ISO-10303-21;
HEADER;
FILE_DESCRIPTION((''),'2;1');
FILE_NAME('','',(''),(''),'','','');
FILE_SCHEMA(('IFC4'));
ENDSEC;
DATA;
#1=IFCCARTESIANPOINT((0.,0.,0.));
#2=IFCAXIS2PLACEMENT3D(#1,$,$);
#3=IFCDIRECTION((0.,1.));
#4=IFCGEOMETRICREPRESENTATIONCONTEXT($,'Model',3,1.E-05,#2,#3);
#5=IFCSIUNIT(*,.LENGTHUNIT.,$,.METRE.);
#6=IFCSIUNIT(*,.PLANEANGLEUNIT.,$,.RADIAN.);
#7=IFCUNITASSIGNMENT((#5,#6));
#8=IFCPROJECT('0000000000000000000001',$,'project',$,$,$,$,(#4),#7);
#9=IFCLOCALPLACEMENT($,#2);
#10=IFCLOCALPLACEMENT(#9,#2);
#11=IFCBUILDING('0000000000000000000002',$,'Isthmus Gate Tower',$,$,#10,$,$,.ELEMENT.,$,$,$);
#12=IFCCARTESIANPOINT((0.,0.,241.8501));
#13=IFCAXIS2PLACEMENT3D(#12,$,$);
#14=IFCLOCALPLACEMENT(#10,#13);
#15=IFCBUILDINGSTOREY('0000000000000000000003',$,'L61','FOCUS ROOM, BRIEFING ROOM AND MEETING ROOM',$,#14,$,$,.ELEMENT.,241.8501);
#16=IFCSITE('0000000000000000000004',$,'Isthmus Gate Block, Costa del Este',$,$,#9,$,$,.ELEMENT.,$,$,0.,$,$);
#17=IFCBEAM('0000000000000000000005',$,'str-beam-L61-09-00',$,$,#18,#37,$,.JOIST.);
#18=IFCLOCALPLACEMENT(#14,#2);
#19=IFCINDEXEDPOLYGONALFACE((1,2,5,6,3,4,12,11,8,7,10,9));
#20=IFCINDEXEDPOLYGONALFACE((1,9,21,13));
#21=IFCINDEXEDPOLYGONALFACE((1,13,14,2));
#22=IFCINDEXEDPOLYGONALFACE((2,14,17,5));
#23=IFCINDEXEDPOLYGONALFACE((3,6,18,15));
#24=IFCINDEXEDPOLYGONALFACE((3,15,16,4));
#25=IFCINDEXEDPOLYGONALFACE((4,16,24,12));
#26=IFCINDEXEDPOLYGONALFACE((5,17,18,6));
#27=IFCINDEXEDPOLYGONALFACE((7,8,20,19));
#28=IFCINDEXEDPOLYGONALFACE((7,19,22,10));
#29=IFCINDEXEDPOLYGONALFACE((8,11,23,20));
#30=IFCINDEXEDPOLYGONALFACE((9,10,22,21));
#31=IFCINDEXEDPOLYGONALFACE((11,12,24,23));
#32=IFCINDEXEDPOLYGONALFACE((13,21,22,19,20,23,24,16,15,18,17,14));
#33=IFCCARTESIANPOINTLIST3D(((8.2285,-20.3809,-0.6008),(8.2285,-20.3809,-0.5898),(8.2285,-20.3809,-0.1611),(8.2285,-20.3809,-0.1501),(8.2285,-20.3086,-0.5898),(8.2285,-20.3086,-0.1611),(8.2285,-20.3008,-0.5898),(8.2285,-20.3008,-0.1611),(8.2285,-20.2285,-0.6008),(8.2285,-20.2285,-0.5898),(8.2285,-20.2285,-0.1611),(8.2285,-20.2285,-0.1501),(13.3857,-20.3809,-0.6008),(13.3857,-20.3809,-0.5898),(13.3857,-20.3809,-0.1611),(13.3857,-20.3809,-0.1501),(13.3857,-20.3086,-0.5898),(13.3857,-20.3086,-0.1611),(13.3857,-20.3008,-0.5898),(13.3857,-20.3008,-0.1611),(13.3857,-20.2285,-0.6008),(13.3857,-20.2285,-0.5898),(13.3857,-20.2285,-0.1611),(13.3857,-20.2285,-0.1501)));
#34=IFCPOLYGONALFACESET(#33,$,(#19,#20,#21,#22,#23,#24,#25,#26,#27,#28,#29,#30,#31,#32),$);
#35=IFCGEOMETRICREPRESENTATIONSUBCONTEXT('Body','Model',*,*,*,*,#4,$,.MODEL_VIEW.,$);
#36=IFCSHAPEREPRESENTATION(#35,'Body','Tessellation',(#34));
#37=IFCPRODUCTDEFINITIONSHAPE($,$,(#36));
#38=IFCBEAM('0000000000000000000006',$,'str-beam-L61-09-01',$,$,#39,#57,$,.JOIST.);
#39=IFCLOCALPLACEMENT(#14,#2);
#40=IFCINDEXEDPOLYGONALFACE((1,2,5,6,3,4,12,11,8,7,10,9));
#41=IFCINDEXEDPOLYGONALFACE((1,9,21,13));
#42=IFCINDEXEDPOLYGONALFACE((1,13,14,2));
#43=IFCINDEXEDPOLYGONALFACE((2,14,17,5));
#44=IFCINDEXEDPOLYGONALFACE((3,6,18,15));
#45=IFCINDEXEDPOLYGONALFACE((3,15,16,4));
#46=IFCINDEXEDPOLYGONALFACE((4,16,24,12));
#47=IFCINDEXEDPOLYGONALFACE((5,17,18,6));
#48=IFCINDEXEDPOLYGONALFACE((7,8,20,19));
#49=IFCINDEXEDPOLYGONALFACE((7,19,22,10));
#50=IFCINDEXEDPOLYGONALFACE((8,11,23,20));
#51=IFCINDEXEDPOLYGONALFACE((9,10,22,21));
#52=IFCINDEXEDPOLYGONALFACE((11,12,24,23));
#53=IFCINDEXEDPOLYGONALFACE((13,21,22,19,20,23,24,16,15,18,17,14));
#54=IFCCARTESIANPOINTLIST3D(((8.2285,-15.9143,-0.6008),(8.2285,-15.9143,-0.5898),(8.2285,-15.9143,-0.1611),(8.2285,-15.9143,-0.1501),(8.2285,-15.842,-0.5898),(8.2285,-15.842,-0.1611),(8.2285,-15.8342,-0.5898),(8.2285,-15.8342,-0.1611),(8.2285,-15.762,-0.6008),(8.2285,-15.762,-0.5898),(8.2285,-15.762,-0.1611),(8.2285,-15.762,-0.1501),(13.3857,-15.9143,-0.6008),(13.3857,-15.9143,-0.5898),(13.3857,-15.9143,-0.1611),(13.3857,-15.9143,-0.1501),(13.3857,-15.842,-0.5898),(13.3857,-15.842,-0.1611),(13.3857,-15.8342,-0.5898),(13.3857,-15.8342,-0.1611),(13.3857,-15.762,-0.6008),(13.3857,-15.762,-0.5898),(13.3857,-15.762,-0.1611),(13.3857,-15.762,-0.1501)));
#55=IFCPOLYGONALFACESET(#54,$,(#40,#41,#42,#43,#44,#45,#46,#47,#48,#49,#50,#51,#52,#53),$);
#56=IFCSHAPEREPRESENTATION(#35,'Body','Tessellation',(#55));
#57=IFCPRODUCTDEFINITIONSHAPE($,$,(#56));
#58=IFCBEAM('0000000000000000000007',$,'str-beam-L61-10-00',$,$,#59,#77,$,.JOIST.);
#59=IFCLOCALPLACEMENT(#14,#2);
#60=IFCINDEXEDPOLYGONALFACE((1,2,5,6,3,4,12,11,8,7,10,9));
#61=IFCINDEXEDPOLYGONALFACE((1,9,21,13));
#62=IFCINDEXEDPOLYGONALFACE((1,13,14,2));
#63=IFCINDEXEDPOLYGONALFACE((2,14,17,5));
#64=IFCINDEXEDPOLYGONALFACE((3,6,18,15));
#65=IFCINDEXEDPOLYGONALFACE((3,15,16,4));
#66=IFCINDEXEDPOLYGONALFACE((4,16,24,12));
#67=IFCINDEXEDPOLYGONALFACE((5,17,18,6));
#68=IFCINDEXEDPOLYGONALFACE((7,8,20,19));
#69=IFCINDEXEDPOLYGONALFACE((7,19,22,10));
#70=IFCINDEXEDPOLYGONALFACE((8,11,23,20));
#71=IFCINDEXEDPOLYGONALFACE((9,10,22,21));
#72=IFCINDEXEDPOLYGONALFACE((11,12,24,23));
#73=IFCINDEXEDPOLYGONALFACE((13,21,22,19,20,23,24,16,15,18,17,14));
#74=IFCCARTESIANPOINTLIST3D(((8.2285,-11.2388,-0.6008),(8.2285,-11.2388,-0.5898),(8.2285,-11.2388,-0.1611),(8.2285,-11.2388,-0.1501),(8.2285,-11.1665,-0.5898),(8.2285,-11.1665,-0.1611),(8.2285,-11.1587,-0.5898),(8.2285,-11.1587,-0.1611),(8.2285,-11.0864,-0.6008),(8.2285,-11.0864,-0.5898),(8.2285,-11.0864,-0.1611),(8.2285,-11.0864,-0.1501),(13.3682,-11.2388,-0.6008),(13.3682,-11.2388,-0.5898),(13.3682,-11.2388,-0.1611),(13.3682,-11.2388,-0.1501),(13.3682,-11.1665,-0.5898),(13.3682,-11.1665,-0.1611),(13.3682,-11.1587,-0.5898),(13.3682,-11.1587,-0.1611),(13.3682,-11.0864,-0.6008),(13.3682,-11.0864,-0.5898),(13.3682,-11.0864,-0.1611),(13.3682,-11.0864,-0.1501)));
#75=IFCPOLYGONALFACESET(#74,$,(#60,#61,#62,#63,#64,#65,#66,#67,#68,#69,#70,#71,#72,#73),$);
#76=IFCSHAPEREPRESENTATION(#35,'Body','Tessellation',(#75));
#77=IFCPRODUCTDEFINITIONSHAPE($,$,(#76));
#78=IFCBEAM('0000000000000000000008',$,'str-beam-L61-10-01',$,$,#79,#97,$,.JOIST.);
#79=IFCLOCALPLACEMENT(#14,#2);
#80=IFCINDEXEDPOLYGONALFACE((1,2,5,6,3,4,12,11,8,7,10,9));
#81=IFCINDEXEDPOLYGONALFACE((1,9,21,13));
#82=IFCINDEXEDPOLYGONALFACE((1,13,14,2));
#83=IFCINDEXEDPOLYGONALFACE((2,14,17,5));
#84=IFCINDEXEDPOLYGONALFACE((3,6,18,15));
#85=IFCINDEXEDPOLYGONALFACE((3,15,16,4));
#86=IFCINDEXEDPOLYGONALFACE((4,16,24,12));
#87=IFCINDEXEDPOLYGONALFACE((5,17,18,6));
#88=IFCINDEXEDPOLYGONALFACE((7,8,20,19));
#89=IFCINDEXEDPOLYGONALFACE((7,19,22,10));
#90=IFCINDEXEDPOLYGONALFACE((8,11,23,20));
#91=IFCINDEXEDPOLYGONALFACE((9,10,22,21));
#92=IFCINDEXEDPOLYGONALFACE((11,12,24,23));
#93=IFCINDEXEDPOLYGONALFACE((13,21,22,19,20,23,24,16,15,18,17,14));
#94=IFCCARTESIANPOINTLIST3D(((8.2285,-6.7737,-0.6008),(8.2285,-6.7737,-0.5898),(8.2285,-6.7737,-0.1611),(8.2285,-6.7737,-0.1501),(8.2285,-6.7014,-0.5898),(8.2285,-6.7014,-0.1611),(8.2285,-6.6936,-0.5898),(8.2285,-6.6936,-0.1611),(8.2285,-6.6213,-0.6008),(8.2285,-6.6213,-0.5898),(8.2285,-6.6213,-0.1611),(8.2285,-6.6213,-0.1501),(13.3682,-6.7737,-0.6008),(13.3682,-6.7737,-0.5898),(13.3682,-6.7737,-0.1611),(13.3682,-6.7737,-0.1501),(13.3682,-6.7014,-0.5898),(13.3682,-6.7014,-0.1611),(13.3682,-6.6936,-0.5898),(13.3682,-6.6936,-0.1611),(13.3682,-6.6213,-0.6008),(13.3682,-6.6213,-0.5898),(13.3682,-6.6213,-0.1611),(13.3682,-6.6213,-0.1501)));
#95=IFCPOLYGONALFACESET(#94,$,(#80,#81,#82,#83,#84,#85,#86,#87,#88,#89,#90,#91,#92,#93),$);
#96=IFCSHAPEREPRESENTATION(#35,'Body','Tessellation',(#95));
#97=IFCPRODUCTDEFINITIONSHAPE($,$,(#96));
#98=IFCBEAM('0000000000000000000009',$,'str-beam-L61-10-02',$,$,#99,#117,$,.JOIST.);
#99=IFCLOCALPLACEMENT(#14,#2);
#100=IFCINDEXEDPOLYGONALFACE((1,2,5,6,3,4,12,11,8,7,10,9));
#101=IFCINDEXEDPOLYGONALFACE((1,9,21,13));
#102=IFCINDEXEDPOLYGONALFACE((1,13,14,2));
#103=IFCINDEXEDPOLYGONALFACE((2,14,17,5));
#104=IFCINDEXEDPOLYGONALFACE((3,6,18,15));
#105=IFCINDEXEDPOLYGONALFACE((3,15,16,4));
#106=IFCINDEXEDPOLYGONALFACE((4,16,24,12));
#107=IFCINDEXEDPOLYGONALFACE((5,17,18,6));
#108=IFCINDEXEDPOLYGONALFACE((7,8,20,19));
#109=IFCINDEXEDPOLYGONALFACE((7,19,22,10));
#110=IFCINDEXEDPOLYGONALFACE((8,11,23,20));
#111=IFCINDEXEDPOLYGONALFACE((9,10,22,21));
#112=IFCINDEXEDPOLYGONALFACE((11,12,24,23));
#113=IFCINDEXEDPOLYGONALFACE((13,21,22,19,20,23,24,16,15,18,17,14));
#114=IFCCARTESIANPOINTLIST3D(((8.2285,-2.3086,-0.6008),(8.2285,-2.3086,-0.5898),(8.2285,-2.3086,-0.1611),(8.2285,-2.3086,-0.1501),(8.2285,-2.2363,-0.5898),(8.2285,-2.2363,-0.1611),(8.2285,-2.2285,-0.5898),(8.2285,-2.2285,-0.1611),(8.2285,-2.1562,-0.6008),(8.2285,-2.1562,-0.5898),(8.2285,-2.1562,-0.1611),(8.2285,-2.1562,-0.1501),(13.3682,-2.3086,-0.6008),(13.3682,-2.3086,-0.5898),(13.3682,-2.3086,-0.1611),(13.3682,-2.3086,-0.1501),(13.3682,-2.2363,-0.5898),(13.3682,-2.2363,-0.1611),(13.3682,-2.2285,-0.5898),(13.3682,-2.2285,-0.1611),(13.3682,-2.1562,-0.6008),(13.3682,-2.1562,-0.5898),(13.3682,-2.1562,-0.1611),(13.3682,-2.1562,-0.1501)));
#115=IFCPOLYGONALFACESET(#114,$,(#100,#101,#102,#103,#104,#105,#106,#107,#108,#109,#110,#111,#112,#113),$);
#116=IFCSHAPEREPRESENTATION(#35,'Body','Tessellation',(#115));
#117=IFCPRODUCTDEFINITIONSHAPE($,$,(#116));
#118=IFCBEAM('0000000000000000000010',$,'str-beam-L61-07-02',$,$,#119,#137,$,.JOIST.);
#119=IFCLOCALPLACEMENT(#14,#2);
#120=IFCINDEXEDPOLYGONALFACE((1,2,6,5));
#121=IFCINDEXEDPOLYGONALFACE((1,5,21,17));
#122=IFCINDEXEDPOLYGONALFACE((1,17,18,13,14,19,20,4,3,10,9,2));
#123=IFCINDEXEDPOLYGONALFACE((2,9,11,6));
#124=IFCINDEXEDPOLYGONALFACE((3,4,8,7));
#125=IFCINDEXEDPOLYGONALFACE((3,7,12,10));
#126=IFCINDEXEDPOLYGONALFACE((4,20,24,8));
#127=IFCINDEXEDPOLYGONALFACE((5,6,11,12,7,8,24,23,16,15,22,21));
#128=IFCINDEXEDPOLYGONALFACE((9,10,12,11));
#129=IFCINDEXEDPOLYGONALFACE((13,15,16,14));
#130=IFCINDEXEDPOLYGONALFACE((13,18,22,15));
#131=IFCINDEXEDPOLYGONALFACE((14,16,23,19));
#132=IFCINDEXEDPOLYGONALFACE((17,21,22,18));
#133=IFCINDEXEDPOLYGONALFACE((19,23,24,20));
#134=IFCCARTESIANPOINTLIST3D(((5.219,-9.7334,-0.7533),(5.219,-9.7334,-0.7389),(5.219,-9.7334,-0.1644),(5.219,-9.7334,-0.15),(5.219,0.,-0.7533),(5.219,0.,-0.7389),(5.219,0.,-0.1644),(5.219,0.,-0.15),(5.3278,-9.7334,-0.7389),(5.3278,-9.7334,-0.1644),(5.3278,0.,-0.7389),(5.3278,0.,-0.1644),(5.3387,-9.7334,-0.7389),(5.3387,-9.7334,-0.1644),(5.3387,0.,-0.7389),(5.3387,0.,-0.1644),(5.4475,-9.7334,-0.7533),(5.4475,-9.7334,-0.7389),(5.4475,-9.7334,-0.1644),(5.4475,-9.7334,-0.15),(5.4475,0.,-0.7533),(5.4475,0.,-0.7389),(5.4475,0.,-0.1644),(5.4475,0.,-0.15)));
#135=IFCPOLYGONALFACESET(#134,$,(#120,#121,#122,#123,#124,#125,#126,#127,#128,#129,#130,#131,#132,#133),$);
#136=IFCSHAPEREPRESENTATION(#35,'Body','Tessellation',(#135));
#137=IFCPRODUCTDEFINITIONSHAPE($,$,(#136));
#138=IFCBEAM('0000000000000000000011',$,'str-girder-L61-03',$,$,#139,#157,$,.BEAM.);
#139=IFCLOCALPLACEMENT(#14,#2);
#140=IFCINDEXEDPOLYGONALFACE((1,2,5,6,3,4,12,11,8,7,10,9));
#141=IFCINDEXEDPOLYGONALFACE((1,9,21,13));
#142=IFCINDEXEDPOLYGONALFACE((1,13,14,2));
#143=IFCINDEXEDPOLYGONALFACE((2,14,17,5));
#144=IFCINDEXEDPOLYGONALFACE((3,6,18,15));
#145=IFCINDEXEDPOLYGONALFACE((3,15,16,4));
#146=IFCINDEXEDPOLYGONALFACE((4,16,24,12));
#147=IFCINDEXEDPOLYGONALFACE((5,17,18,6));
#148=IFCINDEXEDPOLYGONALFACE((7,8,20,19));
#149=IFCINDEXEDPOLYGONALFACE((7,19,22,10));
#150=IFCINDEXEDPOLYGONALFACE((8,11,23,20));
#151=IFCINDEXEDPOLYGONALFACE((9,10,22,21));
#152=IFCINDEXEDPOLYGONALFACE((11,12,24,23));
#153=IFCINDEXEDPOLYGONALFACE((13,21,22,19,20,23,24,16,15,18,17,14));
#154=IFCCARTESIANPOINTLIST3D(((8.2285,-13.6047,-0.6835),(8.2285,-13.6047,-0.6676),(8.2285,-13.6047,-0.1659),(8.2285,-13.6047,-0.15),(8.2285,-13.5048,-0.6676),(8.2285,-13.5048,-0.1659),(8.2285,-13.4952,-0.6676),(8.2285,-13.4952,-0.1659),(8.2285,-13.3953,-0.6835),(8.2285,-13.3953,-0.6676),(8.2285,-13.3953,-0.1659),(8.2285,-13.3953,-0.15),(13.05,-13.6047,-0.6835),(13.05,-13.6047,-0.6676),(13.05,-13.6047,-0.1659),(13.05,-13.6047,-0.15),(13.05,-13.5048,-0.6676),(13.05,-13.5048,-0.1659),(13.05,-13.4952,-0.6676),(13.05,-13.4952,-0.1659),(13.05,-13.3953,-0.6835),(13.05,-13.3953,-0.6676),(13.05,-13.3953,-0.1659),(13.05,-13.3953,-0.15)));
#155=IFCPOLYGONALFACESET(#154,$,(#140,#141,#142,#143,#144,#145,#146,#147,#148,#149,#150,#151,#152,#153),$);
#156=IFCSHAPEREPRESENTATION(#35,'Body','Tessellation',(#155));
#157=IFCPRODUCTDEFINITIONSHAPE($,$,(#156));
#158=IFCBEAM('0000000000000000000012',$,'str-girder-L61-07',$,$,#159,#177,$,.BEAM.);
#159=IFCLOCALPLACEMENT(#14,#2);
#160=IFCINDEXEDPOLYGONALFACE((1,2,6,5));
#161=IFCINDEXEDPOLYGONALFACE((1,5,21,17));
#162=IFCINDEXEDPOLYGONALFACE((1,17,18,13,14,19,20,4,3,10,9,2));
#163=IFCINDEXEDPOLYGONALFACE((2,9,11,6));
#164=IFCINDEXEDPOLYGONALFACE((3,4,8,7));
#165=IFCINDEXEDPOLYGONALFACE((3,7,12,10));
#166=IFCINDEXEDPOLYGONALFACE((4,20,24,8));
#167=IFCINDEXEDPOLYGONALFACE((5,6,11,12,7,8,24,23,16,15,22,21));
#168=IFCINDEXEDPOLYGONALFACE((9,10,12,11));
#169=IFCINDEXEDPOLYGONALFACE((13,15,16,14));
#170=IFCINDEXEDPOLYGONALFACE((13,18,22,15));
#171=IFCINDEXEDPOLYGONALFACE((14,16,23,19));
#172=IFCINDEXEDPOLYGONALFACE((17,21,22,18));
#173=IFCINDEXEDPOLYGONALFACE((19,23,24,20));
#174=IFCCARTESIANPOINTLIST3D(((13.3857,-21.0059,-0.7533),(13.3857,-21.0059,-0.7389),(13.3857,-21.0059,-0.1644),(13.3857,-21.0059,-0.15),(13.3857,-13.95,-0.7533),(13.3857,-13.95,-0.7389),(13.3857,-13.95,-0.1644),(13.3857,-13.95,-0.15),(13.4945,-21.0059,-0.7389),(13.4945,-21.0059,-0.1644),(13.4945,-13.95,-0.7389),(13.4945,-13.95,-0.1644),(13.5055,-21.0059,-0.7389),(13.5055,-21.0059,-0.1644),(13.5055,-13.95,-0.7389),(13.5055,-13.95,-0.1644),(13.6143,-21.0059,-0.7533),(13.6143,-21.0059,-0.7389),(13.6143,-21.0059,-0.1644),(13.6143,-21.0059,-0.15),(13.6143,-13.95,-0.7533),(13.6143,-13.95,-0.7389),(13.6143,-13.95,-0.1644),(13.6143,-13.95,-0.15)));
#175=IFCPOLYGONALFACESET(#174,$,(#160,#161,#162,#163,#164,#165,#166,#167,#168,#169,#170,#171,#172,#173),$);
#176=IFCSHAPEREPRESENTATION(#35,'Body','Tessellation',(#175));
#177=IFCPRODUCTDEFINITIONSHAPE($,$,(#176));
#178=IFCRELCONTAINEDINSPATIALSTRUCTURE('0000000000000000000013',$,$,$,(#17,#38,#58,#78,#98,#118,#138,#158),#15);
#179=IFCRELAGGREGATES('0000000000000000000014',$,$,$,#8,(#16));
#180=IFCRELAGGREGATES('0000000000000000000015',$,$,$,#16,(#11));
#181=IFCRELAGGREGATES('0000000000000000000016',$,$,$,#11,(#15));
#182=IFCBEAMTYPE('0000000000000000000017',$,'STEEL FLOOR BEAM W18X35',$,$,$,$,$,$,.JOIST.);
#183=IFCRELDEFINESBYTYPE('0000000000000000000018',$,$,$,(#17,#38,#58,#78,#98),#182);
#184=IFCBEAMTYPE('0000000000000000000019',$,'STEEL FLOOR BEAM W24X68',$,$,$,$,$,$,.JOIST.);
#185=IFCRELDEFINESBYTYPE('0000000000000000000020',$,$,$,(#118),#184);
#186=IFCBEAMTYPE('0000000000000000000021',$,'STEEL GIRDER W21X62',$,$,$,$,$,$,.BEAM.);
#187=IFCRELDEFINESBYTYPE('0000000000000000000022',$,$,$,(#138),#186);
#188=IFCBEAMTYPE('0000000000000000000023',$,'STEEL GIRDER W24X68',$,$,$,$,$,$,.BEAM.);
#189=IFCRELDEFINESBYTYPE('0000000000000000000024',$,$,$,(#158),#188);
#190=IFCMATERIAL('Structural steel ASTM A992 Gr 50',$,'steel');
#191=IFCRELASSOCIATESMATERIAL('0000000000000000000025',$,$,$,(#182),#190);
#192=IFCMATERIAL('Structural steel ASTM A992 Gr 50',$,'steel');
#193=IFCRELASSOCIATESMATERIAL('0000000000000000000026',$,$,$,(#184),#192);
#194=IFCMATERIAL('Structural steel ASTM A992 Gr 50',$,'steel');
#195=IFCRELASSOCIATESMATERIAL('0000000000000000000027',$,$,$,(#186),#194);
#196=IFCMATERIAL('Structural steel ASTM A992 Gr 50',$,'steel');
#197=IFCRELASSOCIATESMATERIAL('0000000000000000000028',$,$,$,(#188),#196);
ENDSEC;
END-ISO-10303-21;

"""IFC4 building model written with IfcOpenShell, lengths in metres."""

from ifc_helpers import new_model, si_unit, direction, frame, origin, origin_2d, place, context, subcontext, project, spatial, i_section, extrude, material, material_profile, profile_set, type_object, element, save


model = new_model("IFC4")

# Units and contexts
model_context = context("Model", 3, precision=1e-05, world=origin(), true_north=direction((0.0, 1.0)))
body_context = subcontext(model_context, "Body", "Model", "MODEL_VIEW")
ifc_project = project(units=[si_unit("LENGTHUNIT", "METRE"), si_unit("PLANEANGLEUNIT", "RADIAN")], contexts=[model_context])

# Site, building, storey
site_placement = place(None, origin())
site = spatial("IfcSite", under=ifc_project, at=site_placement, Name="Isthmus Gate Block, Costa del Este", CompositionType="ELEMENT", RefElevation=0.0)
building_placement = place(site_placement, origin())
building = spatial("IfcBuilding", under=site, at=building_placement, Name="Isthmus Gate Tower", CompositionType="ELEMENT")
storey_placement = place(building_placement, frame((0.0, 0.0, 241.8501)))
storey = spatial("IfcBuildingStorey", under=building, at=storey_placement, Name="L61", Description="FOCUS ROOM, BRIEFING ROOM AND MEETING ROOM", CompositionType="ELEMENT", Elevation=241.8501)

# Beams
ifc_material_1 = material(Name="Structural steel ASTM A992 Gr 50", Category="steel")
ifc_material_profile_1 = material_profile(ifc_material_1, i_section(OverallWidth=0.1523, OverallDepth=0.4507, WebThickness=0.0078, FlangeThickness=0.011, at=origin_2d()), Name="W18X35")
ifc_profile_set_1 = profile_set([ifc_material_profile_1], Name="Structural steel ASTM A992 Gr 50")
beam_type_1 = type_object("IfcBeamType", Name="STEEL FLOOR BEAM W18X35", PredefinedType="JOIST", material=ifc_profile_set_1)
for number, where, z_axis, x_axis, name in (
    (1, (8.2285, -20.3047, -0.3755), (1.0, 0.0, 0.0), (0.0, 1.0, 0.0), "str-beam-L61-09-00"),
    (2, (8.2285, -15.8381, -0.3755), (1.0, 0.0, 0.0), (0.0, 1.0, 0.0), "str-beam-L61-09-01"),
):
    element("IfcBeam", number, at=place(storey_placement, frame(where, z_axis=z_axis, x_axis=x_axis)), inside=storey, type_object=beam_type_1, Name=name, PredefinedType="JOIST", context=body_context, shape_type="SweptSolid", body=[
        extrude(i_section(OverallWidth=0.1523, OverallDepth=0.4507, WebThickness=0.0078, FlangeThickness=0.011, at=origin_2d()), origin(), (0.0, 0.0, 1.0), 5.1572),
    ])
for number, where, z_axis, x_axis, name in (
    (3, (8.2285, -11.1626, -0.3755), (1.0, 0.0, 0.0), (0.0, 1.0, 0.0), "str-beam-L61-10-00"),
    (4, (8.2285, -6.6975, -0.3755), (1.0, 0.0, 0.0), (0.0, 1.0, 0.0), "str-beam-L61-10-01"),
    (5, (8.2285, -2.2324, -0.3755), (1.0, 0.0, 0.0), (0.0, 1.0, 0.0), "str-beam-L61-10-02"),
):
    element("IfcBeam", number, at=place(storey_placement, frame(where, z_axis=z_axis, x_axis=x_axis)), inside=storey, type_object=beam_type_1, Name=name, PredefinedType="JOIST", context=body_context, shape_type="SweptSolid", body=[
        extrude(i_section(OverallWidth=0.1523, OverallDepth=0.4507, WebThickness=0.0078, FlangeThickness=0.011, at=origin_2d()), origin(), (0.0, 0.0, 1.0), 5.1396),
    ])
ifc_material_2 = material(Name="Structural steel ASTM A992 Gr 50", Category="steel")
ifc_material_profile_2 = material_profile(ifc_material_2, i_section(OverallWidth=0.2285, OverallDepth=0.6033, WebThickness=0.011, FlangeThickness=0.0144, at=origin_2d()), Name="W24X68")
ifc_profile_set_2 = profile_set([ifc_material_profile_2], Name="Structural steel ASTM A992 Gr 50")
beam_type_2 = type_object("IfcBeamType", Name="STEEL FLOOR BEAM W24X68", PredefinedType="JOIST", material=ifc_profile_set_2)
beam_1_placement = place(storey_placement, frame((5.3333, -9.7334, -0.4517), z_axis=(0.0, 1.0, 0.0), x_axis=(-1.0, 0.0, 0.0)))
element("IfcBeam", 6, at=beam_1_placement, inside=storey, type_object=beam_type_2, Name="str-beam-L61-07-02", PredefinedType="JOIST", context=body_context, shape_type="SweptSolid", body=[
    extrude(i_section(OverallWidth=0.2285, OverallDepth=0.6033, WebThickness=0.011, FlangeThickness=0.0144, at=origin_2d()), origin(), (0.0, 0.0, 1.0), 9.7334),
])
ifc_material_3 = material(Name="Structural steel ASTM A992 Gr 50", Category="steel")
ifc_material_profile_3 = material_profile(ifc_material_3, i_section(OverallWidth=0.2095, OverallDepth=0.5334, WebThickness=0.0095, FlangeThickness=0.0159, at=origin_2d()), Name="W21X62")
ifc_profile_set_3 = profile_set([ifc_material_profile_3], Name="Structural steel ASTM A992 Gr 50")
beam_type_3 = type_object("IfcBeamType", Name="STEEL GIRDER W21X62", PredefinedType="BEAM", material=ifc_profile_set_3)
beam_2_placement = place(storey_placement, frame((8.2285, -13.5, -0.4167), z_axis=(1.0, 0.0, 0.0), x_axis=(0.0, 1.0, 0.0)))
element("IfcBeam", 7, at=beam_2_placement, inside=storey, type_object=beam_type_3, Name="str-girder-L61-03", PredefinedType="BEAM", context=body_context, shape_type="SweptSolid", body=[
    extrude(i_section(OverallWidth=0.2095, OverallDepth=0.5334, WebThickness=0.0095, FlangeThickness=0.0159, at=origin_2d()), origin(), (0.0, 0.0, 1.0), 4.8215),
])
ifc_material_4 = material(Name="Structural steel ASTM A992 Gr 50", Category="steel")
ifc_material_profile_4 = material_profile(ifc_material_4, i_section(OverallWidth=0.2285, OverallDepth=0.6033, WebThickness=0.011, FlangeThickness=0.0144, at=origin_2d()), Name="W24X68")
ifc_profile_set_4 = profile_set([ifc_material_profile_4], Name="Structural steel ASTM A992 Gr 50")
beam_type_4 = type_object("IfcBeamType", Name="STEEL GIRDER W24X68", PredefinedType="BEAM", material=ifc_profile_set_4)
beam_3_placement = place(storey_placement, frame((13.5, -21.0059, -0.4517), z_axis=(0.0, 1.0, 0.0), x_axis=(-1.0, 0.0, 0.0)))
element("IfcBeam", 8, at=beam_3_placement, inside=storey, type_object=beam_type_4, Name="str-girder-L61-07", PredefinedType="BEAM", context=body_context, shape_type="SweptSolid", body=[
    extrude(i_section(OverallWidth=0.2285, OverallDepth=0.6033, WebThickness=0.011, FlangeThickness=0.0144, at=origin_2d()), origin(), (0.0, 0.0, 1.0), 7.0559),
])

save(model, "model.ifc")
